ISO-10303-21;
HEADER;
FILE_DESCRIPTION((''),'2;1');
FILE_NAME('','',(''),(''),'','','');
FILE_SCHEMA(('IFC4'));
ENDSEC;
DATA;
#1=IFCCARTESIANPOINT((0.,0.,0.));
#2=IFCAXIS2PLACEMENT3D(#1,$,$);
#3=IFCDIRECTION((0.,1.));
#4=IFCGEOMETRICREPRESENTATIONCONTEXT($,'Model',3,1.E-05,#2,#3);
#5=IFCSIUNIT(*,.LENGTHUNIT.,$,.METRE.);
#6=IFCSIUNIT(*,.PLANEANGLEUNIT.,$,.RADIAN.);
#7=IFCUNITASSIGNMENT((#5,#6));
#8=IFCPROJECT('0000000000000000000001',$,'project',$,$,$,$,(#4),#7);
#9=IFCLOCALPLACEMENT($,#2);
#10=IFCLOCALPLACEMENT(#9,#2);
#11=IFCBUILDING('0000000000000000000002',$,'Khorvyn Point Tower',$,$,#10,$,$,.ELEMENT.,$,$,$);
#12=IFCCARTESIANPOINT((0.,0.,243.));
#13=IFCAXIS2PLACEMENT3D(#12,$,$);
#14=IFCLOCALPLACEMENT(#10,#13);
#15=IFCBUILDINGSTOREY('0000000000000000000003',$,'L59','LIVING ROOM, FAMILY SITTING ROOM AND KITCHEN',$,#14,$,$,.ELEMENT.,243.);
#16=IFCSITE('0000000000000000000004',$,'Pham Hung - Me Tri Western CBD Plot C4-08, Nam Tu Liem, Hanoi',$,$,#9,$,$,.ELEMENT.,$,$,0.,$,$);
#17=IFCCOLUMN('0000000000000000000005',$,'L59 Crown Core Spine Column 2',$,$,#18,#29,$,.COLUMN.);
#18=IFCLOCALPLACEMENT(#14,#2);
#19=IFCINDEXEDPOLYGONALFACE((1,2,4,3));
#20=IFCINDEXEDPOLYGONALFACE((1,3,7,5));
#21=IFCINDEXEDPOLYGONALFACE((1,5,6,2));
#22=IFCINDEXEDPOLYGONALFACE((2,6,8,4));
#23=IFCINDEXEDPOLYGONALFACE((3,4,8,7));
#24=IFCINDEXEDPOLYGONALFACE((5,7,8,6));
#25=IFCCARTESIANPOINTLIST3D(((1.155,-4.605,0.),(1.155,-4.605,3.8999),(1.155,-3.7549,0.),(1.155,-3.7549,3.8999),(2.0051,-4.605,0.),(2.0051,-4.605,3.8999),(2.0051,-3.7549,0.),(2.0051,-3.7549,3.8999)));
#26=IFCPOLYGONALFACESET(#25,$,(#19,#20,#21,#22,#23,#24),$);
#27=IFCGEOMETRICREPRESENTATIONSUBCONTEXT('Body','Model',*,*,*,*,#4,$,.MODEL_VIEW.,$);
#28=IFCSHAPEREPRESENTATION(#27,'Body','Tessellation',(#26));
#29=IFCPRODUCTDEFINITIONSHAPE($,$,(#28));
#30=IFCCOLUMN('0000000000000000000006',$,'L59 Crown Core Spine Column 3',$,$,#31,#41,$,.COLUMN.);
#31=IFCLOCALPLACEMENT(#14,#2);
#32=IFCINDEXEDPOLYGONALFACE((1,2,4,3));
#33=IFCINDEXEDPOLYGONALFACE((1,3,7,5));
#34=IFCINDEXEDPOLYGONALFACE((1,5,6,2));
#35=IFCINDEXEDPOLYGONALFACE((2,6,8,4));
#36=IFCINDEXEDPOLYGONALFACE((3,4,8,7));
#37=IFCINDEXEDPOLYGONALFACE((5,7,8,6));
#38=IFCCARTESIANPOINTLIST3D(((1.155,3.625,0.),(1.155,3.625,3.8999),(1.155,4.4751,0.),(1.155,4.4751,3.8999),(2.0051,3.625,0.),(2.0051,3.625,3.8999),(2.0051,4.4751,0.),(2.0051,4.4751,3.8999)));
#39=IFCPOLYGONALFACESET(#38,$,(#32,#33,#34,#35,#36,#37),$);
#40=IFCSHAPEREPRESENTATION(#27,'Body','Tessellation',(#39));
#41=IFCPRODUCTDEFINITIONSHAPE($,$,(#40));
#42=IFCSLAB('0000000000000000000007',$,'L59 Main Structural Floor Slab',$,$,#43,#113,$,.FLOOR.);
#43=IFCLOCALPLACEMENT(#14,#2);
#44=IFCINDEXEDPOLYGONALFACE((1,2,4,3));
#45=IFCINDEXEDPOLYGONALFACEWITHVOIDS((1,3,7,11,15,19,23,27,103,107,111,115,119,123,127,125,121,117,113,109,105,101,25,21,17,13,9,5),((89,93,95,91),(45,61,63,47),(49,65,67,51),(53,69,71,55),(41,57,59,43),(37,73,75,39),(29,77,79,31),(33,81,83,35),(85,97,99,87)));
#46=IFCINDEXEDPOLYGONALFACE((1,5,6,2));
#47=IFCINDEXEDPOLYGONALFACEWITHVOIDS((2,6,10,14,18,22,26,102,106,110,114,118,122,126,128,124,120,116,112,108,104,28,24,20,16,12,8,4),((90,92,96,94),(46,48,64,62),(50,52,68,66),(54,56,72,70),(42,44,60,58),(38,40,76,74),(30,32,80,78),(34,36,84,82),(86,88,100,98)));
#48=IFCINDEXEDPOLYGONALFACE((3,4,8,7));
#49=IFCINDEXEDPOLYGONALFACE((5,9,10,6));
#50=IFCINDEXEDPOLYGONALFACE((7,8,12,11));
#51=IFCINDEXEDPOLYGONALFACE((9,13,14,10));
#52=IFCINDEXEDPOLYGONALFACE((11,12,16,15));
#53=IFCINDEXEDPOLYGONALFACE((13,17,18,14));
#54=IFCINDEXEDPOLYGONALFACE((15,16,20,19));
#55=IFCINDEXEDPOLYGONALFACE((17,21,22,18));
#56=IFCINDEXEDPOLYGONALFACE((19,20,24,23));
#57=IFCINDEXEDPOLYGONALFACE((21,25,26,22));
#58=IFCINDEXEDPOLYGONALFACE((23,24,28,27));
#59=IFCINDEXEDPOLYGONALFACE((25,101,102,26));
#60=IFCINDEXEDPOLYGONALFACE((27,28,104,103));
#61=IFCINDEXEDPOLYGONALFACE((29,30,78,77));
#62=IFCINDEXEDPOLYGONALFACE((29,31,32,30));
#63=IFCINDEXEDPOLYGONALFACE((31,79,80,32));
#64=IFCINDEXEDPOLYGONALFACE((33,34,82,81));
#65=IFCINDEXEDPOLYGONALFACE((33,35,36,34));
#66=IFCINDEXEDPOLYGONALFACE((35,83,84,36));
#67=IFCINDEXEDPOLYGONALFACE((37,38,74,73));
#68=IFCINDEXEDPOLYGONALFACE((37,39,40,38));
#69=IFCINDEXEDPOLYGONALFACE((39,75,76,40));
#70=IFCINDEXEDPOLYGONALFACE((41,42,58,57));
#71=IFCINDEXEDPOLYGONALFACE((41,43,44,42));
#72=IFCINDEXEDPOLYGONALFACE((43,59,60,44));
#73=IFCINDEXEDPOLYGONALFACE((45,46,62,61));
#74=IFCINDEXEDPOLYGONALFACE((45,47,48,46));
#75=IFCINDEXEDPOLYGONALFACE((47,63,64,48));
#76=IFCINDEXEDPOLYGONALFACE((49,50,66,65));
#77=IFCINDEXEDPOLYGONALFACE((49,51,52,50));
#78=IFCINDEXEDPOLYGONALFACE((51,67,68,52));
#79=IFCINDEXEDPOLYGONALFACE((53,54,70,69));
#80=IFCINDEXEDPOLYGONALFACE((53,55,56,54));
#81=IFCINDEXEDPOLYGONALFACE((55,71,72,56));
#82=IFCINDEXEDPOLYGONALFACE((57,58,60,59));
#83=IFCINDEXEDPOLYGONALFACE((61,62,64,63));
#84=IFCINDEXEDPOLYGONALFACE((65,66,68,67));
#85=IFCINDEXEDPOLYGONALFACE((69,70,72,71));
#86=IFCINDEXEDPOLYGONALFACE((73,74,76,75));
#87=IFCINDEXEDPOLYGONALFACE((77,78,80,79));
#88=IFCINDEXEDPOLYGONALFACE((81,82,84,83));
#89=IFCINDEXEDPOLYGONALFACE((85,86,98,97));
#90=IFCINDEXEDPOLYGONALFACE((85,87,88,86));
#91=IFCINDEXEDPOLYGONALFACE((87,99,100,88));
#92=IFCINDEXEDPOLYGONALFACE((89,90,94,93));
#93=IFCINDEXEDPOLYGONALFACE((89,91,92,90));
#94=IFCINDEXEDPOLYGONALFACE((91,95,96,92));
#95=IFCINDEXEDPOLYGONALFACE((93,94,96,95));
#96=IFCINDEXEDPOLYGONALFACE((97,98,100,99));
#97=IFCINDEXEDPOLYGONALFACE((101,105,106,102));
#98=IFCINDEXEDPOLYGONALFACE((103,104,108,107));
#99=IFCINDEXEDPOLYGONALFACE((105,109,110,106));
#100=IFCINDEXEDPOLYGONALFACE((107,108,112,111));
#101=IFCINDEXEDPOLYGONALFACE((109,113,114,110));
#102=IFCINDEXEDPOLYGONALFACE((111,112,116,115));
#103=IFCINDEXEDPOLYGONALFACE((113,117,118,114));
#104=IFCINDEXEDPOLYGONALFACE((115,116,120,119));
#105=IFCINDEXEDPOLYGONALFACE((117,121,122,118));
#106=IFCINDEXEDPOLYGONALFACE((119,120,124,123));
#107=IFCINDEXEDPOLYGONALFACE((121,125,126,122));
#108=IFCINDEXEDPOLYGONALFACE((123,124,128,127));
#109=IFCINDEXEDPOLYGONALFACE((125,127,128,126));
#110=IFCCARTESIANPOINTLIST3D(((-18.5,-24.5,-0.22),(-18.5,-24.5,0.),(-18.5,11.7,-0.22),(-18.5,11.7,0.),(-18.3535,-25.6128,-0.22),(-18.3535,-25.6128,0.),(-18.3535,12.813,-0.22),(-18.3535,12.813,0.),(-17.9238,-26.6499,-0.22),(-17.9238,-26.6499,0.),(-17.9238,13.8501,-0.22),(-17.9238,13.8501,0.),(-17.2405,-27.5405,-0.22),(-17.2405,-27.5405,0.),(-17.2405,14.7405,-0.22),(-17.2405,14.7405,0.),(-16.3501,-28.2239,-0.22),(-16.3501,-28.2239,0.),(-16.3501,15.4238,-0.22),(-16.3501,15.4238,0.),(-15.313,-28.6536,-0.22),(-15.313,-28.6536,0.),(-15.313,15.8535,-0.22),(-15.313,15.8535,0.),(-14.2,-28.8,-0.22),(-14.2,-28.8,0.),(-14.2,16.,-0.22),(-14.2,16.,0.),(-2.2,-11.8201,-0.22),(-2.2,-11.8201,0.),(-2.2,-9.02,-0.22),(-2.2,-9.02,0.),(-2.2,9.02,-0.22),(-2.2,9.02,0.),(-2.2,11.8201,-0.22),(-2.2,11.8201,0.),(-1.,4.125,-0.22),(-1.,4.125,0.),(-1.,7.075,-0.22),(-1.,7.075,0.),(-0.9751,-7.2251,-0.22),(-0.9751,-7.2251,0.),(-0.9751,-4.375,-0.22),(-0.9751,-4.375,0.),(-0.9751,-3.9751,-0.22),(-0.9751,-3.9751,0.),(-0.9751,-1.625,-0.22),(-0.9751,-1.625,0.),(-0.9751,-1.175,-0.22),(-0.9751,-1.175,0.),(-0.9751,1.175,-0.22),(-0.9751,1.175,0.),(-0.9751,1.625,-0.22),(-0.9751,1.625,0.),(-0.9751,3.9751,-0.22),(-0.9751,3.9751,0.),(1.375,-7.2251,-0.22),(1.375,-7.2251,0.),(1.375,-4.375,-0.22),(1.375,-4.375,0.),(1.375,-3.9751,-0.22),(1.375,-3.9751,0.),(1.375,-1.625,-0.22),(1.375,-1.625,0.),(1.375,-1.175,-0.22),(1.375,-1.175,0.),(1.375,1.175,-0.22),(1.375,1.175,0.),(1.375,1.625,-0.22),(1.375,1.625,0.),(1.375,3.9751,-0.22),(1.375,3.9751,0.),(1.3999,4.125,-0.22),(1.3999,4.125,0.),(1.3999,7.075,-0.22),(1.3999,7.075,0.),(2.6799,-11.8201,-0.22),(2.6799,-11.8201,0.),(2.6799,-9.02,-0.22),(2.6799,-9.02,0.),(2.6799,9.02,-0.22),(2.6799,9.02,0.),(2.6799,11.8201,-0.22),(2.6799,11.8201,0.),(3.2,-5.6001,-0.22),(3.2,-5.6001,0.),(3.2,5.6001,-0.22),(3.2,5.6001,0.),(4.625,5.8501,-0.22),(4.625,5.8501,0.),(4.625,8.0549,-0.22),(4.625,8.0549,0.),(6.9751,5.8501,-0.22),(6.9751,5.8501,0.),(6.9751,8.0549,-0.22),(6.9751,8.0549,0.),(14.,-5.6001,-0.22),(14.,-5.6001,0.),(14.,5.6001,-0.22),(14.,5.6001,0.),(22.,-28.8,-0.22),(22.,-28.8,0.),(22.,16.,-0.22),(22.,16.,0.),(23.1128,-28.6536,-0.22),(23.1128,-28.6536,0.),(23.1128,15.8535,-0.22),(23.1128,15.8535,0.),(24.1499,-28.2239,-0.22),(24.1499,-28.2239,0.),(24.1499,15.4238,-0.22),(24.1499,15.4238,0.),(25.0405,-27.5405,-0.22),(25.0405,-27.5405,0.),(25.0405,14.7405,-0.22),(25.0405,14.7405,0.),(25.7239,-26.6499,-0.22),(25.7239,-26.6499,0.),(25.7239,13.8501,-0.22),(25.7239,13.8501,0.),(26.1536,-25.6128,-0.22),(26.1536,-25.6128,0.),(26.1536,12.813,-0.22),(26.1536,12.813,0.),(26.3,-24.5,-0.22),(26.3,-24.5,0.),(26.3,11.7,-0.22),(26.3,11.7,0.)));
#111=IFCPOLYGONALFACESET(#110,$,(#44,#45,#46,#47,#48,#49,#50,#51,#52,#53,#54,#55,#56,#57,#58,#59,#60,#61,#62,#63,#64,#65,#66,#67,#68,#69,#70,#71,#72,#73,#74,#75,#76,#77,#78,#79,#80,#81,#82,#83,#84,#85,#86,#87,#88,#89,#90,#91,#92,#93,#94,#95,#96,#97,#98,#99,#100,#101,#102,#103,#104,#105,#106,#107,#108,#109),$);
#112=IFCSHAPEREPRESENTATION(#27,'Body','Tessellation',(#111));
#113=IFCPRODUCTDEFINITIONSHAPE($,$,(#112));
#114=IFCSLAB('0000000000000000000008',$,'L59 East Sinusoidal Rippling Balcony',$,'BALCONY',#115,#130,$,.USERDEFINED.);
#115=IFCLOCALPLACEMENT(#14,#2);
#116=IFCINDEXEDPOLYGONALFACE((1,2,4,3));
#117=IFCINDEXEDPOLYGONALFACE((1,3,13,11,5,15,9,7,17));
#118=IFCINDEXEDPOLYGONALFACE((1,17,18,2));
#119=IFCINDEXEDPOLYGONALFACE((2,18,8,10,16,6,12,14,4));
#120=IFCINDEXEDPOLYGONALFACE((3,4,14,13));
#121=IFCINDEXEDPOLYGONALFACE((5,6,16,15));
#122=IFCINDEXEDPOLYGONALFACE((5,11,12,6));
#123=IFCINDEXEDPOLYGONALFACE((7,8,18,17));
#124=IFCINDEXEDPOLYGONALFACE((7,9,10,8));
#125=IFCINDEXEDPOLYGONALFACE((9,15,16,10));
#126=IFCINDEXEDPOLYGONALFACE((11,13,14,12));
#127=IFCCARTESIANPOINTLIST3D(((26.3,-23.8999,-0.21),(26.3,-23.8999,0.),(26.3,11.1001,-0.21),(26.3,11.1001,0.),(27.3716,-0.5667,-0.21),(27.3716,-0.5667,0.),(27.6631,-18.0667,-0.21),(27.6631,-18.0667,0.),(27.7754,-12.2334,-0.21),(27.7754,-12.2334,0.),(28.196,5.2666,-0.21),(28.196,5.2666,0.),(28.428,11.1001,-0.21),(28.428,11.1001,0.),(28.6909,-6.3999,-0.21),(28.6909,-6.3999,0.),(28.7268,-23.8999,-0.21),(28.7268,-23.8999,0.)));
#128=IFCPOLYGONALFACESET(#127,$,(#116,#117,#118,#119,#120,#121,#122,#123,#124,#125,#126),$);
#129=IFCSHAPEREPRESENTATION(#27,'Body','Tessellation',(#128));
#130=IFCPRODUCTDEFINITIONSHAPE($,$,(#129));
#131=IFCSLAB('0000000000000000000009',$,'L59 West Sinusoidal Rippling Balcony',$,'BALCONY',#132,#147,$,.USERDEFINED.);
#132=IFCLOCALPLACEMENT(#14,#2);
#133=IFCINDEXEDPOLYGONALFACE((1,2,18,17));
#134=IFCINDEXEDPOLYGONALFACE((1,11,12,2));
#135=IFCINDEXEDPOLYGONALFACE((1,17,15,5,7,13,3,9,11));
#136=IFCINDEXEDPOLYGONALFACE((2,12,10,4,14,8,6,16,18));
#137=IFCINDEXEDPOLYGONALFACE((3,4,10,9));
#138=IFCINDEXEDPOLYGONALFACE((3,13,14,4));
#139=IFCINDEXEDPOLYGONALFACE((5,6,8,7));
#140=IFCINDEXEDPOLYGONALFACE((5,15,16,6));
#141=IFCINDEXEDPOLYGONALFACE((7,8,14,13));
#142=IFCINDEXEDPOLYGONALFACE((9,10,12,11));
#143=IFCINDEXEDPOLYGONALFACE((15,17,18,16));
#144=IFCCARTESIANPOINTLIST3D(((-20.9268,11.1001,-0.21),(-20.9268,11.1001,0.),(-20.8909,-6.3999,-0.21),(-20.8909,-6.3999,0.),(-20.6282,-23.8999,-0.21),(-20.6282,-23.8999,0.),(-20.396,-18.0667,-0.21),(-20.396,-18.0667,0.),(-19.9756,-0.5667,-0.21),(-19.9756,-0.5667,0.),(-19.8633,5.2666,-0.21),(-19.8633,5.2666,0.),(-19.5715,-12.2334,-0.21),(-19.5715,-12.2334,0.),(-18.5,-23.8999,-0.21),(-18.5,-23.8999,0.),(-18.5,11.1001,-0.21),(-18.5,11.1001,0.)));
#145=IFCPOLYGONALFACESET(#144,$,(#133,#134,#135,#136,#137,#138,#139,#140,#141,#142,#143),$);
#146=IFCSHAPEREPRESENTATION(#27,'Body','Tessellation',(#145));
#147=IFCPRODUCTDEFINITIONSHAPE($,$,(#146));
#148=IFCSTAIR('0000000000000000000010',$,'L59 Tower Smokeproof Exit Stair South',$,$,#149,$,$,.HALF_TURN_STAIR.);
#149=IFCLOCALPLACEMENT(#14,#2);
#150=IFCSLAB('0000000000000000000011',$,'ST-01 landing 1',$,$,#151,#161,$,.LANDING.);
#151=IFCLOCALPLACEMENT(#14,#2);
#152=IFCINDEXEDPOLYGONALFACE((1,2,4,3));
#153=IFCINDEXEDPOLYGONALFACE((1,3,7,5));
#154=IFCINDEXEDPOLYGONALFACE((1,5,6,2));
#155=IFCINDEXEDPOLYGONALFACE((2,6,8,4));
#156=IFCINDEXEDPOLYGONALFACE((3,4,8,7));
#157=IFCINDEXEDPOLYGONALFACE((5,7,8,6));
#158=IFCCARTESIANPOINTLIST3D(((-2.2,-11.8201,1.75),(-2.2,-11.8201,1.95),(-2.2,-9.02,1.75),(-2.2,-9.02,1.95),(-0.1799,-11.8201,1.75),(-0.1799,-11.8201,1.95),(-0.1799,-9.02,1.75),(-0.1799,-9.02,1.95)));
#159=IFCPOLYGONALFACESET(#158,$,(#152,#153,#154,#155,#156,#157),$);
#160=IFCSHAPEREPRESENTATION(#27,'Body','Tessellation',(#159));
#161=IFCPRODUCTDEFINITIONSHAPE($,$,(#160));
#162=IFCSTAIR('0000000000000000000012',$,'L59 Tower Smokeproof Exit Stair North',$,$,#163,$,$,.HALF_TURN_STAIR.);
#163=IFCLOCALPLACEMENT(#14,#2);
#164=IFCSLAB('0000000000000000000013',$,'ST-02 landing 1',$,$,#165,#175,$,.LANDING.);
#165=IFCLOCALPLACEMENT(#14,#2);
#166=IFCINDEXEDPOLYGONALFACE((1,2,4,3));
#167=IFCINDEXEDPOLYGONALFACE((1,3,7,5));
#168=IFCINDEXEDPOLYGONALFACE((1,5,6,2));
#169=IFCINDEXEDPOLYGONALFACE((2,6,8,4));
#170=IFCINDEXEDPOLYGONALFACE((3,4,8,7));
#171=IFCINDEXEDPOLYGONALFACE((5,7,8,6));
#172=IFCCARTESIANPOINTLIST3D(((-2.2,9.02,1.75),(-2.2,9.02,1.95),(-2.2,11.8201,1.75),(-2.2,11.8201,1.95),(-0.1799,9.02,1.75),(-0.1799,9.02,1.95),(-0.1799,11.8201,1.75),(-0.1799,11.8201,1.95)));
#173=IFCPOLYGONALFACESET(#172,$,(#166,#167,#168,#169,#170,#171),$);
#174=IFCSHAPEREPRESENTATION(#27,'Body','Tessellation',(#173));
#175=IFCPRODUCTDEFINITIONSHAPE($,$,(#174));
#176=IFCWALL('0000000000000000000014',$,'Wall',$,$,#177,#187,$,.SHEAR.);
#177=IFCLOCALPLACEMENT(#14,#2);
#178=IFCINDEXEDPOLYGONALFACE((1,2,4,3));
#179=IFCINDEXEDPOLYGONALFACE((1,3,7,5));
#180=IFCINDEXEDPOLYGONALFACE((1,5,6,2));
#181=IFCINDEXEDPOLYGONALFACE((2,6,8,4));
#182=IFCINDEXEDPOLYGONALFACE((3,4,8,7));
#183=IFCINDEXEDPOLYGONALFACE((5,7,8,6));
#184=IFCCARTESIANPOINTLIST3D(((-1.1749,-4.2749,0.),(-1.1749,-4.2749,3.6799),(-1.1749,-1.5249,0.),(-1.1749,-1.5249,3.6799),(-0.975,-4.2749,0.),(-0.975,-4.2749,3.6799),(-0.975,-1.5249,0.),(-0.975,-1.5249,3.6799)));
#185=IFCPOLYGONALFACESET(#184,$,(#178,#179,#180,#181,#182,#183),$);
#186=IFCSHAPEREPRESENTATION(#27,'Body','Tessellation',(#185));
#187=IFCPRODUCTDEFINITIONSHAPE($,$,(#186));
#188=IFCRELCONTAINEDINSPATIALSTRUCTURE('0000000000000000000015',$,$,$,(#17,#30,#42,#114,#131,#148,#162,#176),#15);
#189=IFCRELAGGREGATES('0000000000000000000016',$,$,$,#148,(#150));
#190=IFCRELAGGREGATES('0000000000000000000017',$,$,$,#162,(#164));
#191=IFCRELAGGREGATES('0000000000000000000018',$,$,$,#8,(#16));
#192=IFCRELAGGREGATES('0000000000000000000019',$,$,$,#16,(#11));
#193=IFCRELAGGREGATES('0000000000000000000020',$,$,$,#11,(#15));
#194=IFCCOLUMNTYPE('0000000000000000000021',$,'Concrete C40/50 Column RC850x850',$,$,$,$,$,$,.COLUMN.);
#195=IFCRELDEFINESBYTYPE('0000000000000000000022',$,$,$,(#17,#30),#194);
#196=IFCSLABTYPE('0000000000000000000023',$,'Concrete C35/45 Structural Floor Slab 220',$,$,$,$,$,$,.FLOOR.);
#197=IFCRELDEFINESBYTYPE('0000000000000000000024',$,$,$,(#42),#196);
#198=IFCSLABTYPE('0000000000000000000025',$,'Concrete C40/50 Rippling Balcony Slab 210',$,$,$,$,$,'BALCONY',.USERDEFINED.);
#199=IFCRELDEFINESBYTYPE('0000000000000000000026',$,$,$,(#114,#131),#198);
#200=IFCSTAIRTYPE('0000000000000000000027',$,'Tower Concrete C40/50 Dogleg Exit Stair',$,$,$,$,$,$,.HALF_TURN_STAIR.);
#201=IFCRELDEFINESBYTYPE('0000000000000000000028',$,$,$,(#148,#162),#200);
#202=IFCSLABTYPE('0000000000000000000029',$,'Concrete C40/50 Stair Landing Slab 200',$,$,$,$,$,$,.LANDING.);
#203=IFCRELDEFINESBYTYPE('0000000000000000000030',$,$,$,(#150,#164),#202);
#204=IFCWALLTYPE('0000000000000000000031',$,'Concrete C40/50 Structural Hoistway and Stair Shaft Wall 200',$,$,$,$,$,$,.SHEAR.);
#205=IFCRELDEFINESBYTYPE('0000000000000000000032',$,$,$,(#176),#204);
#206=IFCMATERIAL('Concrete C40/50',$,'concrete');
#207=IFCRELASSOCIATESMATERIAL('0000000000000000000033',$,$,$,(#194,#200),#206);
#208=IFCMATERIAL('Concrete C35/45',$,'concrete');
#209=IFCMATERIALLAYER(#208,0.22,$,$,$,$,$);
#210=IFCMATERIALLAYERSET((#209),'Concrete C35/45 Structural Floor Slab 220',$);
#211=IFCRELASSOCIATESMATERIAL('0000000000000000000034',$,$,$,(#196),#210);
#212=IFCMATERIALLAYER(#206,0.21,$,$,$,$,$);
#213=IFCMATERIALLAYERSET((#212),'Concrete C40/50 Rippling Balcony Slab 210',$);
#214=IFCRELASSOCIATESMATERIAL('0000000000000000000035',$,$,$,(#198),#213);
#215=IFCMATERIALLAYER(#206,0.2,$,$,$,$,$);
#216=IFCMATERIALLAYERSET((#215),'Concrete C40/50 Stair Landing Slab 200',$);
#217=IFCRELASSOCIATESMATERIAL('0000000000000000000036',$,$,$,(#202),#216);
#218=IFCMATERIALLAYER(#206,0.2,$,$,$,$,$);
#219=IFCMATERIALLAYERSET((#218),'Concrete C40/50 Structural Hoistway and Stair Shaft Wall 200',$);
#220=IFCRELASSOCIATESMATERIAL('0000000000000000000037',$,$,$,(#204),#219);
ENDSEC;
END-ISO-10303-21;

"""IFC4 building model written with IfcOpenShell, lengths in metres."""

from ifc_helpers import new_model, si_unit, direction, frame, frame_2d, origin, origin_2d, place, context, subcontext, project, spatial, polyline, rectangle, outline, extrude, material, layer, layer_set, material_profile, profile_set, type_object, element, aggregate, save


model = new_model("IFC4")

# Units and contexts
model_context = context("Model", 3, precision=1e-05, world=origin(), true_north=direction((0.0, 1.0)))
body_context = subcontext(model_context, "Body", "Model", "MODEL_VIEW")
ifc_project = project(units=[si_unit("LENGTHUNIT", "METRE"), si_unit("PLANEANGLEUNIT", "RADIAN")], contexts=[model_context])

# Site, building, storey
site_placement = place(None, origin())
site = spatial("IfcSite", under=ifc_project, at=site_placement, Name="Pham Hung - Me Tri Western CBD Plot C4-08, Nam Tu Liem, Hanoi", CompositionType="ELEMENT", RefElevation=0.0)
building_placement = place(site_placement, origin())
building = spatial("IfcBuilding", under=site, at=building_placement, Name="Khorvyn Point Tower", CompositionType="ELEMENT")
storey_placement = place(building_placement, frame((0.0, 0.0, 243.0)))
storey = spatial("IfcBuildingStorey", under=building, at=storey_placement, Name="L59", Description="LIVING ROOM, FAMILY SITTING ROOM AND KITCHEN", CompositionType="ELEMENT", Elevation=243.0)

# Columns
ifc_material_1 = material(Name="Concrete C40/50", Category="concrete")
ifc_material_profile = material_profile(ifc_material_1, rectangle(XDim=0.8501, YDim=0.8501, at=origin_2d()))
ifc_profile_set = profile_set([ifc_material_profile], Name="Concrete C40/50 RC850x850")
column_type = type_object("IfcColumnType", Name="Concrete C40/50 Column RC850x850", PredefinedType="COLUMN", material=ifc_profile_set)
for number, where, z_axis, x_axis, name in (
    (1, (1.5801, -4.1799, 0.0), (0.0, 0.0, 1.0), (1.0, 0.0, 0.0), "L59 Crown Core Spine Column 2"),
    (2, (1.5801, 4.05, 0.0), (0.0, 0.0, 1.0), (1.0, 0.0, 0.0), "L59 Crown Core Spine Column 3"),
):
    element("IfcColumn", number, at=place(storey_placement, frame(where, z_axis=z_axis, x_axis=x_axis)), inside=storey, type_object=column_type, Name=name, PredefinedType="COLUMN", context=body_context, shape_type="SweptSolid", body=[
        extrude(rectangle(XDim=0.8501, YDim=0.8501, at=origin_2d()), origin(), (0.0, 0.0, 1.0), 3.8999),
    ])

# Slabs
ifc_material_2 = material(Name="Concrete C35/45", Category="concrete")
ifc_layer_1 = layer(ifc_material_2, 0.22)
ifc_layer_set_1 = layer_set([ifc_layer_1], Name="Concrete C35/45 Structural Floor Slab 220")
slab_type_1 = type_object("IfcSlabType", Name="Concrete C35/45 Structural Floor Slab 220", PredefinedType="FLOOR", material=ifc_layer_set_1)
slab_1_placement = place(storey_placement, frame((0.0, 0.0, -0.22)))
element("IfcSlab", 3, at=slab_1_placement, inside=storey, type_object=slab_type_1, Name="L59 Main Structural Floor Slab", PredefinedType="FLOOR", context=body_context, shape_type="SweptSolid", body=[
    extrude(outline(polyline([(-14.2, -28.8), (-15.313, -28.6536), (-16.3501, -28.2239), (-17.2405, -27.5405), (-17.9238, -26.6499), (-18.3535, -25.6128), (-18.5, -24.5), (-18.5, 11.7), (-18.3535, 12.813), (-17.9238, 13.8501), (-17.2405, 14.7405), (-16.3501, 15.4238), (-15.313, 15.8535), (-14.2, 16.0), (22.0, 16.0), (23.1128, 15.8535), (24.1499, 15.4238), (25.0405, 14.7405), (25.7239, 13.8501), (26.1536, 12.813), (26.3, 11.7), (26.3, -24.5), (26.1536, -25.6128), (25.7239, -26.6499), (25.0405, -27.5405), (24.1499, -28.2239), (23.1128, -28.6536), (22.0, -28.8), (-14.2, -28.8)]), holes=[polyline([(2.6799, -11.8201), (2.6799, -9.02), (-2.2, -9.02), (-2.2, -11.8201), (2.6799, -11.8201)]), polyline([(1.375, -7.2251), (1.375, -4.375), (-0.9751, -4.375), (-0.9751, -7.2251), (1.375, -7.2251)]), polyline([(1.375, -3.9751), (1.375, -1.625), (-0.9751, -1.625), (-0.9751, -3.9751), (1.375, -3.9751)]), polyline([(1.375, -1.175), (1.375, 1.175), (-0.9751, 1.175), (-0.9751, -1.175), (1.375, -1.175)]), polyline([(14.0, -5.6001), (14.0, 5.6001), (3.2, 5.6001), (3.2, -5.6001), (14.0, -5.6001)]), polyline([(1.375, 1.625), (1.375, 3.9751), (-0.9751, 3.9751), (-0.9751, 1.625), (1.375, 1.625)]), polyline([(1.3999, 4.125), (1.3999, 7.075), (-1.0, 7.075), (-1.0, 4.125), (1.3999, 4.125)]), polyline([(4.625, 5.8501), (6.9751, 5.8501), (6.9751, 8.0549), (4.625, 8.0549), (4.625, 5.8501)]), polyline([(-2.2, 9.02), (2.6799, 9.02), (2.6799, 11.8201), (-2.2, 11.8201), (-2.2, 9.02)])]), origin(), (0.0, 0.0, 1.0), 0.22),
])
ifc_layer_2 = layer(ifc_material_1, 0.21)
ifc_layer_set_2 = layer_set([ifc_layer_2], Name="Concrete C40/50 Rippling Balcony Slab 210")
slab_type_2 = type_object("IfcSlabType", Name="Concrete C40/50 Rippling Balcony Slab 210", ElementType="BALCONY", PredefinedType="USERDEFINED", material=ifc_layer_set_2)
slab_2_placement = place(storey_placement, frame((0.0, 0.0, -0.21)))
element("IfcSlab", 4, at=slab_2_placement, inside=storey, type_object=slab_type_2, Name="L59 East Sinusoidal Rippling Balcony", ObjectType="BALCONY", PredefinedType="USERDEFINED", context=body_context, shape_type="SweptSolid", body=[
    extrude(outline(polyline([(26.3, -23.8999), (28.7268, -23.8999), (27.6631, -18.0667), (27.7754, -12.2334), (28.6909, -6.3999), (27.3716, -0.5667), (28.196, 5.2666), (28.428, 11.1001), (26.3, 11.1001), (26.3, -23.8999)])), origin(), (0.0, 0.0, 1.0), 0.21),
])
slab_3_placement = place(storey_placement, frame((0.0, 0.0, -0.21)))
element("IfcSlab", 5, at=slab_3_placement, inside=storey, type_object=slab_type_2, Name="L59 West Sinusoidal Rippling Balcony", ObjectType="BALCONY", PredefinedType="USERDEFINED", context=body_context, shape_type="SweptSolid", body=[
    extrude(outline(polyline([(-18.5, 11.1001), (-20.9268, 11.1001), (-19.8633, 5.2666), (-19.9756, -0.5667), (-20.8909, -6.3999), (-19.5715, -12.2334), (-20.396, -18.0667), (-20.6282, -23.8999), (-18.5, -23.8999), (-18.5, 11.1001)])), origin(), (0.0, 0.0, 1.0), 0.21),
])

# Stairs, slabs
stair_type = type_object("IfcStairType", Name="Tower Concrete C40/50 Dogleg Exit Stair", PredefinedType="HALF_TURN_STAIR", material=ifc_material_1)
stair_1_placement = place(storey_placement, origin())
stair_1 = element("IfcStair", 6, at=stair_1_placement, inside=storey, type_object=stair_type, Name="L59 Tower Smokeproof Exit Stair South", PredefinedType="HALF_TURN_STAIR")
ifc_layer_3 = layer(ifc_material_1, 0.2)
ifc_layer_set_3 = layer_set([ifc_layer_3], Name="Concrete C40/50 Stair Landing Slab 200")
slab_type_3 = type_object("IfcSlabType", Name="Concrete C40/50 Stair Landing Slab 200", PredefinedType="LANDING", material=ifc_layer_set_3)
slab_4_placement = place(storey_placement, frame((0.0, 0.0, 1.75)))
slab_4 = element("IfcSlab", 7, at=slab_4_placement, type_object=slab_type_3, Name="ST-01 landing 1", PredefinedType="LANDING", context=body_context, shape_type="SweptSolid", body=[
    extrude(outline(polyline([(-0.1799, -9.02), (-2.2, -9.02), (-2.2, -11.8201), (-0.1799, -11.8201), (-0.1799, -9.02)])), origin(), (0.0, 0.0, 1.0), 0.2),
])
aggregate(stair_1, [slab_4])
stair_2_placement = place(storey_placement, origin())
stair_2 = element("IfcStair", 8, at=stair_2_placement, inside=storey, type_object=stair_type, Name="L59 Tower Smokeproof Exit Stair North", PredefinedType="HALF_TURN_STAIR")
slab_5_placement = place(storey_placement, frame((0.0, 0.0, 1.75)))
slab_5 = element("IfcSlab", 9, at=slab_5_placement, type_object=slab_type_3, Name="ST-02 landing 1", PredefinedType="LANDING", context=body_context, shape_type="SweptSolid", body=[
    extrude(outline(polyline([(-0.1799, 11.8201), (-2.2, 11.8201), (-2.2, 9.02), (-0.1799, 9.02), (-0.1799, 11.8201)])), origin(), (0.0, 0.0, 1.0), 0.2),
])
aggregate(stair_2, [slab_5])

# Wall
ifc_layer_4 = layer(ifc_material_1, 0.2)
ifc_layer_set_4 = layer_set([ifc_layer_4], Name="Concrete C40/50 Structural Hoistway and Stair Shaft Wall 200")
wall_type = type_object("IfcWallType", Name="Concrete C40/50 Structural Hoistway and Stair Shaft Wall 200", PredefinedType="SHEAR", material=ifc_layer_set_4)
wall_1_placement = place(storey_placement, frame((-1.075, -4.2749, 0.0), z_axis=(0.0, 0.0, 1.0), x_axis=(0.0, 1.0, 0.0)))
element("IfcWall", 10, at=wall_1_placement, inside=storey, type_object=wall_type, Name="Wall", PredefinedType="SHEAR", context=body_context, shape_type="SweptSolid", body=[
    extrude(rectangle(XDim=2.75, YDim=0.2, at=frame_2d((1.375, 0.0))), origin(), (0.0, 0.0, 1.0), 3.6799),
])

save(model, "model.ifc")
